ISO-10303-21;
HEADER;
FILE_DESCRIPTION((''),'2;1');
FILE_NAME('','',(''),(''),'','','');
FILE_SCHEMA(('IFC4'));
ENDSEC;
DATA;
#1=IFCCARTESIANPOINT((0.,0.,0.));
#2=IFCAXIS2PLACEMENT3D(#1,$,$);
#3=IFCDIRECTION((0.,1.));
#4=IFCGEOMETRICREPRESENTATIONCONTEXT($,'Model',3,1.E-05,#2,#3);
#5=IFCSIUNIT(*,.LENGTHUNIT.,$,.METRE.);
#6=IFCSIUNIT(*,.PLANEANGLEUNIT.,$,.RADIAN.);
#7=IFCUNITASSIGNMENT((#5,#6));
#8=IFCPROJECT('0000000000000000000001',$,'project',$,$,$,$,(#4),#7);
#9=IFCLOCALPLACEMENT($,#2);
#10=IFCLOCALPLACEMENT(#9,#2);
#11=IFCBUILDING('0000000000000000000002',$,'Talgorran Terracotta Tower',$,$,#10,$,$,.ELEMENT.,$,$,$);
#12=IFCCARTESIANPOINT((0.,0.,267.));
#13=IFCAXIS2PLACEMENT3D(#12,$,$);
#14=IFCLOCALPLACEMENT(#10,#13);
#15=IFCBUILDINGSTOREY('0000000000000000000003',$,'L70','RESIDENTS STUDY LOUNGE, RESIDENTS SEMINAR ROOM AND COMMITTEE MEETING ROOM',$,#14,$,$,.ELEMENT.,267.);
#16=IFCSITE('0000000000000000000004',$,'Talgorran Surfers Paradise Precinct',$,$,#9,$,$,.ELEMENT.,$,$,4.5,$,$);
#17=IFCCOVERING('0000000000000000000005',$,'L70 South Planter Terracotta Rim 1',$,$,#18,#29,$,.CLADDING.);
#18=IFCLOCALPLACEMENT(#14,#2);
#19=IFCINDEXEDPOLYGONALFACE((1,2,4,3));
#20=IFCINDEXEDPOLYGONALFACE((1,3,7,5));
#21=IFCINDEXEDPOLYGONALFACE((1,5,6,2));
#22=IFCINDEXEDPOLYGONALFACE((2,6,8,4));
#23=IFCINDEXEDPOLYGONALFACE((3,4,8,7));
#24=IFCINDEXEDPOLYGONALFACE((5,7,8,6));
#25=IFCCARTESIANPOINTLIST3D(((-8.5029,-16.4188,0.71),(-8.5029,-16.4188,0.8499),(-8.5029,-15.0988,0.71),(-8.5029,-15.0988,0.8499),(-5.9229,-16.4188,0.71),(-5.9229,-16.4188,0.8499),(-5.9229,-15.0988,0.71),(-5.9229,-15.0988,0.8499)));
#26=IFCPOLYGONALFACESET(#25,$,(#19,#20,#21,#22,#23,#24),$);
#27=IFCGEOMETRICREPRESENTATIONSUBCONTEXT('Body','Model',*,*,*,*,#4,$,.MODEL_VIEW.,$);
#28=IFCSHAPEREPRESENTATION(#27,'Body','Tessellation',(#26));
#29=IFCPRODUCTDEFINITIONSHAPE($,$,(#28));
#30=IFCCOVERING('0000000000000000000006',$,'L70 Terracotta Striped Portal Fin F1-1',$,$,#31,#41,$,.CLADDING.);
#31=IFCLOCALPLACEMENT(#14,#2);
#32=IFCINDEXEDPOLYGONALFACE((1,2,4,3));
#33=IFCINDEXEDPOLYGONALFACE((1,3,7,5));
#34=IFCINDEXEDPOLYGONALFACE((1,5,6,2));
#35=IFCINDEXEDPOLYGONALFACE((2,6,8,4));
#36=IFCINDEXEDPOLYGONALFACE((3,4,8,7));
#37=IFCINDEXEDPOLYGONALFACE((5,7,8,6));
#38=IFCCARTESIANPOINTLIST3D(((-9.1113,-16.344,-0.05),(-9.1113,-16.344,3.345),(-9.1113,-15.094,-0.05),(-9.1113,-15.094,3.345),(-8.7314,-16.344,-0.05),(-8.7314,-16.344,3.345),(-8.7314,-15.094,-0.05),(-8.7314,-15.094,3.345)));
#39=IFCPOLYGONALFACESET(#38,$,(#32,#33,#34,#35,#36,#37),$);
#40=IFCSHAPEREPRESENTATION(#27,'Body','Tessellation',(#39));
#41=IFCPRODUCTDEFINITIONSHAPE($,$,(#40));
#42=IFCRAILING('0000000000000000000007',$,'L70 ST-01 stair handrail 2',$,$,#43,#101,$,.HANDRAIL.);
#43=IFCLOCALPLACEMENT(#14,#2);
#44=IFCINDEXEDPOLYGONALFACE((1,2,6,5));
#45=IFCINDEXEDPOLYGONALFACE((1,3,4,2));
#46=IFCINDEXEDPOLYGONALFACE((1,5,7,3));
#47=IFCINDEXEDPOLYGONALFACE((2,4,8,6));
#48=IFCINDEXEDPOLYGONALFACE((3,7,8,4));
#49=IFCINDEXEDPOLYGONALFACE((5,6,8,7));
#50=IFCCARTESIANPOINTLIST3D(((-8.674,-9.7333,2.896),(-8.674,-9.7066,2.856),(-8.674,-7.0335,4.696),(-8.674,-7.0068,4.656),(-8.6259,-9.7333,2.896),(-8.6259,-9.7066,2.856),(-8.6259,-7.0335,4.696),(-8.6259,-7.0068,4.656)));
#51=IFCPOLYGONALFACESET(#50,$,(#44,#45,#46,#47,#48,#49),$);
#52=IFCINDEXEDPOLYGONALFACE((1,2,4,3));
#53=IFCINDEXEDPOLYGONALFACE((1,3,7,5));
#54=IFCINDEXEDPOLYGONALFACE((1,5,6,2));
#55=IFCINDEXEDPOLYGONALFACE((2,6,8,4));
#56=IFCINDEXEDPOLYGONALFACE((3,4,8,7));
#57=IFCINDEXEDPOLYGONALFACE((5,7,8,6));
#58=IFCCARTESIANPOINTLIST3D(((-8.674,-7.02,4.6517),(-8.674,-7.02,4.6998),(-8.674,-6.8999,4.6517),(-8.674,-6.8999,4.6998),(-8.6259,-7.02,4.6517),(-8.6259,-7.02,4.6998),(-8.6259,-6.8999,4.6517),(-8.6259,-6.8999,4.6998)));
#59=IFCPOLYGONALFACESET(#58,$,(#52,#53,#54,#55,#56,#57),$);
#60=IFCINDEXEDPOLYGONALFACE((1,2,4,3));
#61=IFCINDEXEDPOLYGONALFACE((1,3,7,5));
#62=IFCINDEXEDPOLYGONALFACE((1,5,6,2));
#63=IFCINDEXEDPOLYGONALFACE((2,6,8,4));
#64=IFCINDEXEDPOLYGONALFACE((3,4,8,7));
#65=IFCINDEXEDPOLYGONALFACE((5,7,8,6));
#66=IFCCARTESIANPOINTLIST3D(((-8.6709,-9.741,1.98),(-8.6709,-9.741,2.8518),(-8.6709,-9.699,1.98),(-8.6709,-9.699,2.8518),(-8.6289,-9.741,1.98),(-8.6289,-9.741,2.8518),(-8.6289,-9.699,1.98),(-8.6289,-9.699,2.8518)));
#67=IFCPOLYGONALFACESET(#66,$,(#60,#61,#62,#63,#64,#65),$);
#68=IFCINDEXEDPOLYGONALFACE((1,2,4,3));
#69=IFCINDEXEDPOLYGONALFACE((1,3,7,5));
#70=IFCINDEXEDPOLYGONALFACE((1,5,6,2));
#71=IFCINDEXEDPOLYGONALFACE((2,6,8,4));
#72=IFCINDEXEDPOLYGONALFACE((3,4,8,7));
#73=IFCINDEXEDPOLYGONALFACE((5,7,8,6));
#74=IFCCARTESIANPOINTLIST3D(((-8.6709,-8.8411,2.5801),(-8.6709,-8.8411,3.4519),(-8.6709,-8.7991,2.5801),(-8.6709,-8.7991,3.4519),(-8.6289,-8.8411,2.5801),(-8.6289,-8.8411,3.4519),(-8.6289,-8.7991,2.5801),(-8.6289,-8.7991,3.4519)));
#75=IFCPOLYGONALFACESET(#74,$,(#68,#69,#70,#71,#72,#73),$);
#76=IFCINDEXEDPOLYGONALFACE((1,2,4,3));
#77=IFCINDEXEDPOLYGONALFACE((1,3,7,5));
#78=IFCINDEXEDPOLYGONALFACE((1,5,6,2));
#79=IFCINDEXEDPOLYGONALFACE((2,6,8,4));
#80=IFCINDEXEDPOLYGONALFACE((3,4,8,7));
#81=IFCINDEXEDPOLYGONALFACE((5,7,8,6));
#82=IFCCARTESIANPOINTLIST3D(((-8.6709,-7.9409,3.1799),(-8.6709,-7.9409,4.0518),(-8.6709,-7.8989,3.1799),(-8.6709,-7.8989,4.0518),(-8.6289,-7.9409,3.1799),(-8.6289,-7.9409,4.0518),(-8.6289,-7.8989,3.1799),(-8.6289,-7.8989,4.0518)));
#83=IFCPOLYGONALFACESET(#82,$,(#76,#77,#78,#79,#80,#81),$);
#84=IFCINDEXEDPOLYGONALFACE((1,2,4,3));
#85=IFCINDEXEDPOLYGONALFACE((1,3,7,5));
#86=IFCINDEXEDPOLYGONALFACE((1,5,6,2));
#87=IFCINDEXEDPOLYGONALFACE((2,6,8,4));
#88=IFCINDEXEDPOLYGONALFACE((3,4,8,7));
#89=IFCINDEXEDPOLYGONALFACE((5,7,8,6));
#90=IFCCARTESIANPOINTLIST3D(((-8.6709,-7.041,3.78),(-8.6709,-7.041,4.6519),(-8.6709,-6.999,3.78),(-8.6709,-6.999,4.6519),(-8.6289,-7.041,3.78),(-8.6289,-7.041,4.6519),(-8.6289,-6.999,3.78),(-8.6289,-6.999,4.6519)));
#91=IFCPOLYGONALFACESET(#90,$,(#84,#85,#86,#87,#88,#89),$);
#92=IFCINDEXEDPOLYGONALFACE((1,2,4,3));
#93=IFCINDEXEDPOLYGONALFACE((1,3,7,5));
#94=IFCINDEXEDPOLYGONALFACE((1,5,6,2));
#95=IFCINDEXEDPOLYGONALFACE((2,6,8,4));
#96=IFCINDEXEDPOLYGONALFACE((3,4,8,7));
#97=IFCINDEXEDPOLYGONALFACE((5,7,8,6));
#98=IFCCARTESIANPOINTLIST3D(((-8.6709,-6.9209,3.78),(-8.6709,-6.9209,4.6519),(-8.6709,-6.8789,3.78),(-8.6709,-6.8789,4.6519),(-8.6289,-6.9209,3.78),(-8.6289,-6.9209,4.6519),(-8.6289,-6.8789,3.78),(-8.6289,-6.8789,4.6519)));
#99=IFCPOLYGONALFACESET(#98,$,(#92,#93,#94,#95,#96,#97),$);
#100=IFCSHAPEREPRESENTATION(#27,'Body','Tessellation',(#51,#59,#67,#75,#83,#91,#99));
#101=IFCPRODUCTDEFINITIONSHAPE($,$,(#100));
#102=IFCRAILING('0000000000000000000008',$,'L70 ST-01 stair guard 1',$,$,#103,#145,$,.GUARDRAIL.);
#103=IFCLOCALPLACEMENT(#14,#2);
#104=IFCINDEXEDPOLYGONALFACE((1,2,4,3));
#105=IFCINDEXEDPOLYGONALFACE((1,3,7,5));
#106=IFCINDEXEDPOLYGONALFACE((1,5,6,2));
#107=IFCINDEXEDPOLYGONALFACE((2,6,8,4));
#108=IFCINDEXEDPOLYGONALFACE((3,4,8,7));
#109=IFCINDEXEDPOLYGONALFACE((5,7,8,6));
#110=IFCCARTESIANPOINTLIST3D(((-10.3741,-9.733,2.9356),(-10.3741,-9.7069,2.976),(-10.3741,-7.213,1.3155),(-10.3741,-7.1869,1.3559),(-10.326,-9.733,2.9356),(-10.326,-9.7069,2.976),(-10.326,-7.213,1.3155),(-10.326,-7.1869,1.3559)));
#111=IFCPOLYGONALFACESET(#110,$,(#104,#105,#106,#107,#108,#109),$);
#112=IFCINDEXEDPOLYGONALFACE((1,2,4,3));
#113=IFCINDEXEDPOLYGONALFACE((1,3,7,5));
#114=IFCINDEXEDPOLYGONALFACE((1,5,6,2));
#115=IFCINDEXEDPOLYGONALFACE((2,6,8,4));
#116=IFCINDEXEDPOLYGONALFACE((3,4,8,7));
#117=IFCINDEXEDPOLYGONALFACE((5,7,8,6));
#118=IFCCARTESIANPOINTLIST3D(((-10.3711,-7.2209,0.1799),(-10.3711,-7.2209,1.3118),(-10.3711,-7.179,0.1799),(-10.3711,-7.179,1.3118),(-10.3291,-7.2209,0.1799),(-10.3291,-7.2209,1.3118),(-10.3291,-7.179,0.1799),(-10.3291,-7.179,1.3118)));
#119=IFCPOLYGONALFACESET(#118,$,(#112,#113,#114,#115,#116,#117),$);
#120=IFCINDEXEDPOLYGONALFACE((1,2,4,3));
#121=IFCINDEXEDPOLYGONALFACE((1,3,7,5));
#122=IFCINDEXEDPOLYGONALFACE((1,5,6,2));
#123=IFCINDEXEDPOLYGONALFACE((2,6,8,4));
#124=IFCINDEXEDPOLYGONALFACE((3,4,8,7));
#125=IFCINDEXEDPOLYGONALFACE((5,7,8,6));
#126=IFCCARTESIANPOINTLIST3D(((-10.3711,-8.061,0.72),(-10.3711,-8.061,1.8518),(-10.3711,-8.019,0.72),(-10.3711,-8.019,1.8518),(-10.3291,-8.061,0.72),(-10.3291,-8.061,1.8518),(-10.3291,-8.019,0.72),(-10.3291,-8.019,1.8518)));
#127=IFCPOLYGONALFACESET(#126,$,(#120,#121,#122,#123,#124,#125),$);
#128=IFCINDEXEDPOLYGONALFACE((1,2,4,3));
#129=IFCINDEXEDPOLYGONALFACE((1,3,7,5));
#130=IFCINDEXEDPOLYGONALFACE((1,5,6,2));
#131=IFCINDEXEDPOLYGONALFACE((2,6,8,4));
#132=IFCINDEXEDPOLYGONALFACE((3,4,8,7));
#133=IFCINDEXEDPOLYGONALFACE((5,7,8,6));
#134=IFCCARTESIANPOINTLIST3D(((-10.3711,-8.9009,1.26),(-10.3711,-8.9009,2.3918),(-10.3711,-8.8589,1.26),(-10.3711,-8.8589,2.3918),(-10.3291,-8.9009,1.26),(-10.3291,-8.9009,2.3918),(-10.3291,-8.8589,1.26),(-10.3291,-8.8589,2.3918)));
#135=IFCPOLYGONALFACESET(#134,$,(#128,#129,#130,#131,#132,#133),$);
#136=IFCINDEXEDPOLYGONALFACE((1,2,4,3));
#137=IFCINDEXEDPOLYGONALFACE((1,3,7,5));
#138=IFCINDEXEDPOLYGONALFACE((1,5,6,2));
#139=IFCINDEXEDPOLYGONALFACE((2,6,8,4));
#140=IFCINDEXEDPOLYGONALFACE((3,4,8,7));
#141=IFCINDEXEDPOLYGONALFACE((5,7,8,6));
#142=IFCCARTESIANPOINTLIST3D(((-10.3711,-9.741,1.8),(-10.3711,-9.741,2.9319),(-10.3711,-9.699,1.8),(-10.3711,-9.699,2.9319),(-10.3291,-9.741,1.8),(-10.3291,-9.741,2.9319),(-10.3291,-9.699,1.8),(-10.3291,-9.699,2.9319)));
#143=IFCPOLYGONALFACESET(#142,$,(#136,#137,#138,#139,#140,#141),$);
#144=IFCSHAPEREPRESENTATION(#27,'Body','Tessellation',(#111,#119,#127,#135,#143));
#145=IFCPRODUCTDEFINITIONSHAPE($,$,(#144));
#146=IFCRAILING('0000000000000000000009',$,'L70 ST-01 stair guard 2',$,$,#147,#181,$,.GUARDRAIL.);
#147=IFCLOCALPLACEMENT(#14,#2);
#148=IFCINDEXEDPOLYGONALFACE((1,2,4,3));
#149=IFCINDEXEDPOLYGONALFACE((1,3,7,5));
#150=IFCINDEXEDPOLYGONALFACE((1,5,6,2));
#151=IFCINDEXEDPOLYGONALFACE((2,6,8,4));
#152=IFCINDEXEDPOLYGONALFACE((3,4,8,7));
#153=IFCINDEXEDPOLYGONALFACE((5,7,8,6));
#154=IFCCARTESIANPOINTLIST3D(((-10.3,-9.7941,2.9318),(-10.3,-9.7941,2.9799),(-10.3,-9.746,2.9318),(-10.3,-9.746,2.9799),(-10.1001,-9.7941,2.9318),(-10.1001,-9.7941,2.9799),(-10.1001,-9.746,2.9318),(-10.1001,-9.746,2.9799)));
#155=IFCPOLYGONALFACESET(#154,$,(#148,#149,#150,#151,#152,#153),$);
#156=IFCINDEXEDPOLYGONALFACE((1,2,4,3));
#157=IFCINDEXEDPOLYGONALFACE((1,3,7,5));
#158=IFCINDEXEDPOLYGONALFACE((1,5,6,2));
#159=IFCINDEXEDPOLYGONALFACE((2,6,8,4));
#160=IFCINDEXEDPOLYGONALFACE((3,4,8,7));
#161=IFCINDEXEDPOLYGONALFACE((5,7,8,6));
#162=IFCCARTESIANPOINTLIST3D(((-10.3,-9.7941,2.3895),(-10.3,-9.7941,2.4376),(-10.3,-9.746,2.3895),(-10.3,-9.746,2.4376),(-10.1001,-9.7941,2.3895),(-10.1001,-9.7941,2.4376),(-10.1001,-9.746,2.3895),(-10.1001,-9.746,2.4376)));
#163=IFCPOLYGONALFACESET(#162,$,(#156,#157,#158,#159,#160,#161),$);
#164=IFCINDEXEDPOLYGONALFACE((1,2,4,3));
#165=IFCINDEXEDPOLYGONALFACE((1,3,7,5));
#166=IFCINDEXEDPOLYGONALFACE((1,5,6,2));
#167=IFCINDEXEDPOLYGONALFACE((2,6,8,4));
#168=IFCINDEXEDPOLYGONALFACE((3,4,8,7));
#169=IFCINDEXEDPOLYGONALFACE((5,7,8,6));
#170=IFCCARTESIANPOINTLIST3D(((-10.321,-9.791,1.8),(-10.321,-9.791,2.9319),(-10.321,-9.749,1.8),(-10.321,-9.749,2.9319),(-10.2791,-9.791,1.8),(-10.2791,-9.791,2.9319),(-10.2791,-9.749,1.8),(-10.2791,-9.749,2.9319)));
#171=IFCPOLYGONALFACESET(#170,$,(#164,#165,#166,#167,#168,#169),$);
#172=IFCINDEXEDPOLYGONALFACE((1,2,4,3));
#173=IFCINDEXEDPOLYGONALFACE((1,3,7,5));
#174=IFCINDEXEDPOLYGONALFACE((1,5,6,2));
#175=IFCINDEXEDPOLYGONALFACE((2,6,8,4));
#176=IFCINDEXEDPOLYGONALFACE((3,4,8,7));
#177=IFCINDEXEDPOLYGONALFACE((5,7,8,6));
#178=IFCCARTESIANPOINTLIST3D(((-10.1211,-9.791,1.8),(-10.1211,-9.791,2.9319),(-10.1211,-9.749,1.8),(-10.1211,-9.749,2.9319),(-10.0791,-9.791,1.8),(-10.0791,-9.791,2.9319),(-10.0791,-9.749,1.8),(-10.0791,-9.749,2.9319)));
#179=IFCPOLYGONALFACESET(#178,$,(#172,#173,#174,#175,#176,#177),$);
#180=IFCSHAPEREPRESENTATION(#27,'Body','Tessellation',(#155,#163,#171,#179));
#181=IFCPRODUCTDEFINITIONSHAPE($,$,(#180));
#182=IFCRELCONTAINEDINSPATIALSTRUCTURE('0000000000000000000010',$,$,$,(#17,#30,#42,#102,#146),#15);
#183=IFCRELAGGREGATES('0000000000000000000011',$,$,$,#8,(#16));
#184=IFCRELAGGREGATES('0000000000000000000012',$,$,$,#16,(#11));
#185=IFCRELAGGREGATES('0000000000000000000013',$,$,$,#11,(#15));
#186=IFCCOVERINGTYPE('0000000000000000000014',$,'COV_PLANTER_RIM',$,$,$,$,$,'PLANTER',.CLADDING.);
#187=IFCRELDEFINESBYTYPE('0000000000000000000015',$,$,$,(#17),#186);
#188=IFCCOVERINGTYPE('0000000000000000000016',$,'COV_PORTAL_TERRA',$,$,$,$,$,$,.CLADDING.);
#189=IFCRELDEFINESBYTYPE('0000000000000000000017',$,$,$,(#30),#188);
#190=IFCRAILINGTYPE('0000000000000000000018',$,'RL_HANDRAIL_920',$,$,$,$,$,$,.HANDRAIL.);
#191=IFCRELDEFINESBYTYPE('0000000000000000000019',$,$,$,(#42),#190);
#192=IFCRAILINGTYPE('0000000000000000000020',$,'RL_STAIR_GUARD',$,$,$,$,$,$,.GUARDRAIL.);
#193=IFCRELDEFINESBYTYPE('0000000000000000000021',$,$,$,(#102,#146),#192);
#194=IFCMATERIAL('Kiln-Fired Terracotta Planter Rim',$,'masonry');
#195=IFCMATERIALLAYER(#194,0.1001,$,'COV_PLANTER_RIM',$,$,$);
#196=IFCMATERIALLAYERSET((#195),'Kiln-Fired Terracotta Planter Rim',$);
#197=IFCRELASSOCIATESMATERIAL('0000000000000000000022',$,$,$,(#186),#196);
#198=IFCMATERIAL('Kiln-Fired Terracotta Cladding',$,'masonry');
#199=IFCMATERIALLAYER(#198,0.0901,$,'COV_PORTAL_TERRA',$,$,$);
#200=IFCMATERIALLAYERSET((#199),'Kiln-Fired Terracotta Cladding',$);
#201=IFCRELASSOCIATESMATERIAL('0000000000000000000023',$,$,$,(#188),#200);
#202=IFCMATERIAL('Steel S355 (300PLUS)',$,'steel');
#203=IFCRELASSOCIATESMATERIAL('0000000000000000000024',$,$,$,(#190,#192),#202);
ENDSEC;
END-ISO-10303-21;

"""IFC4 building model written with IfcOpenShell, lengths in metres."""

from ifc_helpers import new_model, si_unit, direction, frame, origin, origin_2d, place, context, subcontext, project, spatial, rectangle, extrude, material, layer, layer_set, type_object, element, save


model = new_model("IFC4")

# Units and contexts
model_context = context("Model", 3, precision=1e-05, world=origin(), true_north=direction((0.0, 1.0)))
body_context = subcontext(model_context, "Body", "Model", "MODEL_VIEW")
ifc_project = project(units=[si_unit("LENGTHUNIT", "METRE"), si_unit("PLANEANGLEUNIT", "RADIAN")], contexts=[model_context])

# Site, building, storey
site_placement = place(None, origin())
site = spatial("IfcSite", under=ifc_project, at=site_placement, Name="Talgorran Surfers Paradise Precinct", CompositionType="ELEMENT", RefElevation=4.5)
building_placement = place(site_placement, origin())
building = spatial("IfcBuilding", under=site, at=building_placement, Name="Talgorran Terracotta Tower", CompositionType="ELEMENT")
storey_placement = place(building_placement, frame((0.0, 0.0, 267.0)))
storey = spatial("IfcBuildingStorey", under=building, at=storey_placement, Name="L70", Description="RESIDENTS STUDY LOUNGE, RESIDENTS SEMINAR ROOM AND COMMITTEE MEETING ROOM", CompositionType="ELEMENT", Elevation=267.0)

# Shared definitions
ifc_material_1 = material(Name="Steel S355 (300PLUS)", Category="steel")

# Coverings
ifc_material_2 = material(Name="Kiln-Fired Terracotta Planter Rim", Category="masonry")
ifc_layer_1 = layer(ifc_material_2, 0.1001, Name="COV_PLANTER_RIM")
ifc_layer_set_1 = layer_set([ifc_layer_1], Name="Kiln-Fired Terracotta Planter Rim")
covering_type_1 = type_object("IfcCoveringType", Name="COV_PLANTER_RIM", ElementType="PLANTER", PredefinedType="CLADDING", material=ifc_layer_set_1)
covering_1_placement = place(storey_placement, frame((-7.2129, -15.7588, 0.71), z_axis=(0.0, 0.0, 1.0), x_axis=(1.0, 0.0, 0.0)))
element("IfcCovering", 1, at=covering_1_placement, inside=storey, type_object=covering_type_1, Name="L70 South Planter Terracotta Rim 1", PredefinedType="CLADDING", context=body_context, shape_type="SweptSolid", body=[
    extrude(rectangle(XDim=2.5801, YDim=1.3201, at=origin_2d()), origin(), (0.0, 0.0, 1.0), 0.1399),
])
ifc_material_3 = material(Name="Kiln-Fired Terracotta Cladding", Category="masonry")
ifc_layer_2 = layer(ifc_material_3, 0.0901, Name="COV_PORTAL_TERRA")
ifc_layer_set_2 = layer_set([ifc_layer_2], Name="Kiln-Fired Terracotta Cladding")
covering_type_2 = type_object("IfcCoveringType", Name="COV_PORTAL_TERRA", PredefinedType="CLADDING", material=ifc_layer_set_2)
covering_2_placement = place(storey_placement, frame((-8.9214, -15.719, -0.05), z_axis=(0.0, 0.0, 1.0), x_axis=(1.0, 0.0, 0.0)))
element("IfcCovering", 2, at=covering_2_placement, inside=storey, type_object=covering_type_2, Name="L70 Terracotta Striped Portal Fin F1-1", PredefinedType="CLADDING", context=body_context, shape_type="SweptSolid", body=[
    extrude(rectangle(XDim=0.3799, YDim=1.25, at=origin_2d()), origin(), (0.0, 0.0, 1.0), 3.395),
])

# Railings
railing_type_1 = type_object("IfcRailingType", Name="RL_HANDRAIL_920", PredefinedType="HANDRAIL", material=ifc_material_1)
railing_1_placement = place(storey_placement, frame((-8.6499, -9.72, 1.98)))
element("IfcRailing", 3, at=railing_1_placement, inside=storey, type_object=railing_type_1, Name="L70 ST-01 stair handrail 2", PredefinedType="HANDRAIL", context=body_context, shape_type="SweptSolid", body=[
    extrude(rectangle(XDim=0.0481, YDim=0.0481, at=origin_2d()), frame((0.0, 0.0, 0.896), z_axis=(0.0, 0.832039, 0.554718), x_axis=(-1.0, 0.0, 0.0)), (0.0, 0.0, 1.0), 3.2449),
    extrude(rectangle(XDim=0.0481, YDim=0.0481, at=origin_2d()), frame((0.0, 2.7, 2.6958), z_axis=(0.0, 1.0, 0.0), x_axis=(-1.0, 0.0, 0.0)), (0.0, 0.0, 1.0), 0.1201),
    extrude(rectangle(XDim=0.042, YDim=0.042, at=origin_2d()), origin(), (0.0, 0.0, 1.0), 0.8718),
    extrude(rectangle(XDim=0.042, YDim=0.042, at=origin_2d()), frame((0.0, 0.8999, 0.6001)), (0.0, 0.0, 1.0), 0.8718),
    extrude(rectangle(XDim=0.042, YDim=0.042, at=origin_2d()), frame((0.0, 1.8, 1.2)), (0.0, 0.0, 1.0), 0.8718),
    extrude(rectangle(XDim=0.042, YDim=0.042, at=origin_2d()), frame((0.0, 2.7, 1.8)), (0.0, 0.0, 1.0), 0.8718),
    extrude(rectangle(XDim=0.042, YDim=0.042, at=origin_2d()), frame((0.0, 2.8201, 1.8)), (0.0, 0.0, 1.0), 0.8718),
])
railing_type_2 = type_object("IfcRailingType", Name="RL_STAIR_GUARD", PredefinedType="GUARDRAIL", material=ifc_material_1)
railing_2_placement = place(storey_placement, frame((-10.3501, -7.2, 0.1799)))
element("IfcRailing", 4, at=railing_2_placement, inside=storey, type_object=railing_type_2, Name="L70 ST-01 stair guard 1", PredefinedType="GUARDRAIL", context=body_context, shape_type="SweptSolid", body=[
    extrude(rectangle(XDim=0.0481, YDim=0.0481, at=origin_2d()), frame((0.0, 0.0, 1.1558), z_axis=(0.0, -0.841163, 0.540782), x_axis=(1.0, 0.0, 0.0)), (0.0, 0.0, 1.0), 2.9958),
    extrude(rectangle(XDim=0.042, YDim=0.042, at=origin_2d()), origin(), (0.0, 0.0, 1.0), 1.1318),
    extrude(rectangle(XDim=0.042, YDim=0.042, at=origin_2d()), frame((0.0, -0.8401, 0.54)), (0.0, 0.0, 1.0), 1.1318),
    extrude(rectangle(XDim=0.042, YDim=0.042, at=origin_2d()), frame((0.0, -1.6799, 1.0801)), (0.0, 0.0, 1.0), 1.1318),
    extrude(rectangle(XDim=0.042, YDim=0.042, at=origin_2d()), frame((0.0, -2.52, 1.6201)), (0.0, 0.0, 1.0), 1.1318),
])
railing_3_placement = place(storey_placement, frame((-10.3, -9.77, 1.8)))
element("IfcRailing", 5, at=railing_3_placement, inside=storey, type_object=railing_type_2, Name="L70 ST-01 stair guard 2", PredefinedType="GUARDRAIL", context=body_context, shape_type="SweptSolid", body=[
    extrude(rectangle(XDim=0.0481, YDim=0.0481, at=origin_2d()), frame((0.0, 0.0, 1.1558), z_axis=(1.0, 0.0, 0.0), x_axis=(0.0, 1.0, 0.0)), (0.0, 0.0, 1.0), 0.2),
    extrude(rectangle(XDim=0.0481, YDim=0.0481, at=origin_2d()), frame((0.0, 0.0, 0.6135), z_axis=(1.0, 0.0, 0.0), x_axis=(0.0, 1.0, 0.0)), (0.0, 0.0, 1.0), 0.2),
    extrude(rectangle(XDim=0.042, YDim=0.042, at=origin_2d()), origin(), (0.0, 0.0, 1.0), 1.1318),
    extrude(rectangle(XDim=0.042, YDim=0.042, at=origin_2d()), frame((0.2, 0.0, 0.0)), (0.0, 0.0, 1.0), 1.1318),
])

save(model, "model.ifc")
